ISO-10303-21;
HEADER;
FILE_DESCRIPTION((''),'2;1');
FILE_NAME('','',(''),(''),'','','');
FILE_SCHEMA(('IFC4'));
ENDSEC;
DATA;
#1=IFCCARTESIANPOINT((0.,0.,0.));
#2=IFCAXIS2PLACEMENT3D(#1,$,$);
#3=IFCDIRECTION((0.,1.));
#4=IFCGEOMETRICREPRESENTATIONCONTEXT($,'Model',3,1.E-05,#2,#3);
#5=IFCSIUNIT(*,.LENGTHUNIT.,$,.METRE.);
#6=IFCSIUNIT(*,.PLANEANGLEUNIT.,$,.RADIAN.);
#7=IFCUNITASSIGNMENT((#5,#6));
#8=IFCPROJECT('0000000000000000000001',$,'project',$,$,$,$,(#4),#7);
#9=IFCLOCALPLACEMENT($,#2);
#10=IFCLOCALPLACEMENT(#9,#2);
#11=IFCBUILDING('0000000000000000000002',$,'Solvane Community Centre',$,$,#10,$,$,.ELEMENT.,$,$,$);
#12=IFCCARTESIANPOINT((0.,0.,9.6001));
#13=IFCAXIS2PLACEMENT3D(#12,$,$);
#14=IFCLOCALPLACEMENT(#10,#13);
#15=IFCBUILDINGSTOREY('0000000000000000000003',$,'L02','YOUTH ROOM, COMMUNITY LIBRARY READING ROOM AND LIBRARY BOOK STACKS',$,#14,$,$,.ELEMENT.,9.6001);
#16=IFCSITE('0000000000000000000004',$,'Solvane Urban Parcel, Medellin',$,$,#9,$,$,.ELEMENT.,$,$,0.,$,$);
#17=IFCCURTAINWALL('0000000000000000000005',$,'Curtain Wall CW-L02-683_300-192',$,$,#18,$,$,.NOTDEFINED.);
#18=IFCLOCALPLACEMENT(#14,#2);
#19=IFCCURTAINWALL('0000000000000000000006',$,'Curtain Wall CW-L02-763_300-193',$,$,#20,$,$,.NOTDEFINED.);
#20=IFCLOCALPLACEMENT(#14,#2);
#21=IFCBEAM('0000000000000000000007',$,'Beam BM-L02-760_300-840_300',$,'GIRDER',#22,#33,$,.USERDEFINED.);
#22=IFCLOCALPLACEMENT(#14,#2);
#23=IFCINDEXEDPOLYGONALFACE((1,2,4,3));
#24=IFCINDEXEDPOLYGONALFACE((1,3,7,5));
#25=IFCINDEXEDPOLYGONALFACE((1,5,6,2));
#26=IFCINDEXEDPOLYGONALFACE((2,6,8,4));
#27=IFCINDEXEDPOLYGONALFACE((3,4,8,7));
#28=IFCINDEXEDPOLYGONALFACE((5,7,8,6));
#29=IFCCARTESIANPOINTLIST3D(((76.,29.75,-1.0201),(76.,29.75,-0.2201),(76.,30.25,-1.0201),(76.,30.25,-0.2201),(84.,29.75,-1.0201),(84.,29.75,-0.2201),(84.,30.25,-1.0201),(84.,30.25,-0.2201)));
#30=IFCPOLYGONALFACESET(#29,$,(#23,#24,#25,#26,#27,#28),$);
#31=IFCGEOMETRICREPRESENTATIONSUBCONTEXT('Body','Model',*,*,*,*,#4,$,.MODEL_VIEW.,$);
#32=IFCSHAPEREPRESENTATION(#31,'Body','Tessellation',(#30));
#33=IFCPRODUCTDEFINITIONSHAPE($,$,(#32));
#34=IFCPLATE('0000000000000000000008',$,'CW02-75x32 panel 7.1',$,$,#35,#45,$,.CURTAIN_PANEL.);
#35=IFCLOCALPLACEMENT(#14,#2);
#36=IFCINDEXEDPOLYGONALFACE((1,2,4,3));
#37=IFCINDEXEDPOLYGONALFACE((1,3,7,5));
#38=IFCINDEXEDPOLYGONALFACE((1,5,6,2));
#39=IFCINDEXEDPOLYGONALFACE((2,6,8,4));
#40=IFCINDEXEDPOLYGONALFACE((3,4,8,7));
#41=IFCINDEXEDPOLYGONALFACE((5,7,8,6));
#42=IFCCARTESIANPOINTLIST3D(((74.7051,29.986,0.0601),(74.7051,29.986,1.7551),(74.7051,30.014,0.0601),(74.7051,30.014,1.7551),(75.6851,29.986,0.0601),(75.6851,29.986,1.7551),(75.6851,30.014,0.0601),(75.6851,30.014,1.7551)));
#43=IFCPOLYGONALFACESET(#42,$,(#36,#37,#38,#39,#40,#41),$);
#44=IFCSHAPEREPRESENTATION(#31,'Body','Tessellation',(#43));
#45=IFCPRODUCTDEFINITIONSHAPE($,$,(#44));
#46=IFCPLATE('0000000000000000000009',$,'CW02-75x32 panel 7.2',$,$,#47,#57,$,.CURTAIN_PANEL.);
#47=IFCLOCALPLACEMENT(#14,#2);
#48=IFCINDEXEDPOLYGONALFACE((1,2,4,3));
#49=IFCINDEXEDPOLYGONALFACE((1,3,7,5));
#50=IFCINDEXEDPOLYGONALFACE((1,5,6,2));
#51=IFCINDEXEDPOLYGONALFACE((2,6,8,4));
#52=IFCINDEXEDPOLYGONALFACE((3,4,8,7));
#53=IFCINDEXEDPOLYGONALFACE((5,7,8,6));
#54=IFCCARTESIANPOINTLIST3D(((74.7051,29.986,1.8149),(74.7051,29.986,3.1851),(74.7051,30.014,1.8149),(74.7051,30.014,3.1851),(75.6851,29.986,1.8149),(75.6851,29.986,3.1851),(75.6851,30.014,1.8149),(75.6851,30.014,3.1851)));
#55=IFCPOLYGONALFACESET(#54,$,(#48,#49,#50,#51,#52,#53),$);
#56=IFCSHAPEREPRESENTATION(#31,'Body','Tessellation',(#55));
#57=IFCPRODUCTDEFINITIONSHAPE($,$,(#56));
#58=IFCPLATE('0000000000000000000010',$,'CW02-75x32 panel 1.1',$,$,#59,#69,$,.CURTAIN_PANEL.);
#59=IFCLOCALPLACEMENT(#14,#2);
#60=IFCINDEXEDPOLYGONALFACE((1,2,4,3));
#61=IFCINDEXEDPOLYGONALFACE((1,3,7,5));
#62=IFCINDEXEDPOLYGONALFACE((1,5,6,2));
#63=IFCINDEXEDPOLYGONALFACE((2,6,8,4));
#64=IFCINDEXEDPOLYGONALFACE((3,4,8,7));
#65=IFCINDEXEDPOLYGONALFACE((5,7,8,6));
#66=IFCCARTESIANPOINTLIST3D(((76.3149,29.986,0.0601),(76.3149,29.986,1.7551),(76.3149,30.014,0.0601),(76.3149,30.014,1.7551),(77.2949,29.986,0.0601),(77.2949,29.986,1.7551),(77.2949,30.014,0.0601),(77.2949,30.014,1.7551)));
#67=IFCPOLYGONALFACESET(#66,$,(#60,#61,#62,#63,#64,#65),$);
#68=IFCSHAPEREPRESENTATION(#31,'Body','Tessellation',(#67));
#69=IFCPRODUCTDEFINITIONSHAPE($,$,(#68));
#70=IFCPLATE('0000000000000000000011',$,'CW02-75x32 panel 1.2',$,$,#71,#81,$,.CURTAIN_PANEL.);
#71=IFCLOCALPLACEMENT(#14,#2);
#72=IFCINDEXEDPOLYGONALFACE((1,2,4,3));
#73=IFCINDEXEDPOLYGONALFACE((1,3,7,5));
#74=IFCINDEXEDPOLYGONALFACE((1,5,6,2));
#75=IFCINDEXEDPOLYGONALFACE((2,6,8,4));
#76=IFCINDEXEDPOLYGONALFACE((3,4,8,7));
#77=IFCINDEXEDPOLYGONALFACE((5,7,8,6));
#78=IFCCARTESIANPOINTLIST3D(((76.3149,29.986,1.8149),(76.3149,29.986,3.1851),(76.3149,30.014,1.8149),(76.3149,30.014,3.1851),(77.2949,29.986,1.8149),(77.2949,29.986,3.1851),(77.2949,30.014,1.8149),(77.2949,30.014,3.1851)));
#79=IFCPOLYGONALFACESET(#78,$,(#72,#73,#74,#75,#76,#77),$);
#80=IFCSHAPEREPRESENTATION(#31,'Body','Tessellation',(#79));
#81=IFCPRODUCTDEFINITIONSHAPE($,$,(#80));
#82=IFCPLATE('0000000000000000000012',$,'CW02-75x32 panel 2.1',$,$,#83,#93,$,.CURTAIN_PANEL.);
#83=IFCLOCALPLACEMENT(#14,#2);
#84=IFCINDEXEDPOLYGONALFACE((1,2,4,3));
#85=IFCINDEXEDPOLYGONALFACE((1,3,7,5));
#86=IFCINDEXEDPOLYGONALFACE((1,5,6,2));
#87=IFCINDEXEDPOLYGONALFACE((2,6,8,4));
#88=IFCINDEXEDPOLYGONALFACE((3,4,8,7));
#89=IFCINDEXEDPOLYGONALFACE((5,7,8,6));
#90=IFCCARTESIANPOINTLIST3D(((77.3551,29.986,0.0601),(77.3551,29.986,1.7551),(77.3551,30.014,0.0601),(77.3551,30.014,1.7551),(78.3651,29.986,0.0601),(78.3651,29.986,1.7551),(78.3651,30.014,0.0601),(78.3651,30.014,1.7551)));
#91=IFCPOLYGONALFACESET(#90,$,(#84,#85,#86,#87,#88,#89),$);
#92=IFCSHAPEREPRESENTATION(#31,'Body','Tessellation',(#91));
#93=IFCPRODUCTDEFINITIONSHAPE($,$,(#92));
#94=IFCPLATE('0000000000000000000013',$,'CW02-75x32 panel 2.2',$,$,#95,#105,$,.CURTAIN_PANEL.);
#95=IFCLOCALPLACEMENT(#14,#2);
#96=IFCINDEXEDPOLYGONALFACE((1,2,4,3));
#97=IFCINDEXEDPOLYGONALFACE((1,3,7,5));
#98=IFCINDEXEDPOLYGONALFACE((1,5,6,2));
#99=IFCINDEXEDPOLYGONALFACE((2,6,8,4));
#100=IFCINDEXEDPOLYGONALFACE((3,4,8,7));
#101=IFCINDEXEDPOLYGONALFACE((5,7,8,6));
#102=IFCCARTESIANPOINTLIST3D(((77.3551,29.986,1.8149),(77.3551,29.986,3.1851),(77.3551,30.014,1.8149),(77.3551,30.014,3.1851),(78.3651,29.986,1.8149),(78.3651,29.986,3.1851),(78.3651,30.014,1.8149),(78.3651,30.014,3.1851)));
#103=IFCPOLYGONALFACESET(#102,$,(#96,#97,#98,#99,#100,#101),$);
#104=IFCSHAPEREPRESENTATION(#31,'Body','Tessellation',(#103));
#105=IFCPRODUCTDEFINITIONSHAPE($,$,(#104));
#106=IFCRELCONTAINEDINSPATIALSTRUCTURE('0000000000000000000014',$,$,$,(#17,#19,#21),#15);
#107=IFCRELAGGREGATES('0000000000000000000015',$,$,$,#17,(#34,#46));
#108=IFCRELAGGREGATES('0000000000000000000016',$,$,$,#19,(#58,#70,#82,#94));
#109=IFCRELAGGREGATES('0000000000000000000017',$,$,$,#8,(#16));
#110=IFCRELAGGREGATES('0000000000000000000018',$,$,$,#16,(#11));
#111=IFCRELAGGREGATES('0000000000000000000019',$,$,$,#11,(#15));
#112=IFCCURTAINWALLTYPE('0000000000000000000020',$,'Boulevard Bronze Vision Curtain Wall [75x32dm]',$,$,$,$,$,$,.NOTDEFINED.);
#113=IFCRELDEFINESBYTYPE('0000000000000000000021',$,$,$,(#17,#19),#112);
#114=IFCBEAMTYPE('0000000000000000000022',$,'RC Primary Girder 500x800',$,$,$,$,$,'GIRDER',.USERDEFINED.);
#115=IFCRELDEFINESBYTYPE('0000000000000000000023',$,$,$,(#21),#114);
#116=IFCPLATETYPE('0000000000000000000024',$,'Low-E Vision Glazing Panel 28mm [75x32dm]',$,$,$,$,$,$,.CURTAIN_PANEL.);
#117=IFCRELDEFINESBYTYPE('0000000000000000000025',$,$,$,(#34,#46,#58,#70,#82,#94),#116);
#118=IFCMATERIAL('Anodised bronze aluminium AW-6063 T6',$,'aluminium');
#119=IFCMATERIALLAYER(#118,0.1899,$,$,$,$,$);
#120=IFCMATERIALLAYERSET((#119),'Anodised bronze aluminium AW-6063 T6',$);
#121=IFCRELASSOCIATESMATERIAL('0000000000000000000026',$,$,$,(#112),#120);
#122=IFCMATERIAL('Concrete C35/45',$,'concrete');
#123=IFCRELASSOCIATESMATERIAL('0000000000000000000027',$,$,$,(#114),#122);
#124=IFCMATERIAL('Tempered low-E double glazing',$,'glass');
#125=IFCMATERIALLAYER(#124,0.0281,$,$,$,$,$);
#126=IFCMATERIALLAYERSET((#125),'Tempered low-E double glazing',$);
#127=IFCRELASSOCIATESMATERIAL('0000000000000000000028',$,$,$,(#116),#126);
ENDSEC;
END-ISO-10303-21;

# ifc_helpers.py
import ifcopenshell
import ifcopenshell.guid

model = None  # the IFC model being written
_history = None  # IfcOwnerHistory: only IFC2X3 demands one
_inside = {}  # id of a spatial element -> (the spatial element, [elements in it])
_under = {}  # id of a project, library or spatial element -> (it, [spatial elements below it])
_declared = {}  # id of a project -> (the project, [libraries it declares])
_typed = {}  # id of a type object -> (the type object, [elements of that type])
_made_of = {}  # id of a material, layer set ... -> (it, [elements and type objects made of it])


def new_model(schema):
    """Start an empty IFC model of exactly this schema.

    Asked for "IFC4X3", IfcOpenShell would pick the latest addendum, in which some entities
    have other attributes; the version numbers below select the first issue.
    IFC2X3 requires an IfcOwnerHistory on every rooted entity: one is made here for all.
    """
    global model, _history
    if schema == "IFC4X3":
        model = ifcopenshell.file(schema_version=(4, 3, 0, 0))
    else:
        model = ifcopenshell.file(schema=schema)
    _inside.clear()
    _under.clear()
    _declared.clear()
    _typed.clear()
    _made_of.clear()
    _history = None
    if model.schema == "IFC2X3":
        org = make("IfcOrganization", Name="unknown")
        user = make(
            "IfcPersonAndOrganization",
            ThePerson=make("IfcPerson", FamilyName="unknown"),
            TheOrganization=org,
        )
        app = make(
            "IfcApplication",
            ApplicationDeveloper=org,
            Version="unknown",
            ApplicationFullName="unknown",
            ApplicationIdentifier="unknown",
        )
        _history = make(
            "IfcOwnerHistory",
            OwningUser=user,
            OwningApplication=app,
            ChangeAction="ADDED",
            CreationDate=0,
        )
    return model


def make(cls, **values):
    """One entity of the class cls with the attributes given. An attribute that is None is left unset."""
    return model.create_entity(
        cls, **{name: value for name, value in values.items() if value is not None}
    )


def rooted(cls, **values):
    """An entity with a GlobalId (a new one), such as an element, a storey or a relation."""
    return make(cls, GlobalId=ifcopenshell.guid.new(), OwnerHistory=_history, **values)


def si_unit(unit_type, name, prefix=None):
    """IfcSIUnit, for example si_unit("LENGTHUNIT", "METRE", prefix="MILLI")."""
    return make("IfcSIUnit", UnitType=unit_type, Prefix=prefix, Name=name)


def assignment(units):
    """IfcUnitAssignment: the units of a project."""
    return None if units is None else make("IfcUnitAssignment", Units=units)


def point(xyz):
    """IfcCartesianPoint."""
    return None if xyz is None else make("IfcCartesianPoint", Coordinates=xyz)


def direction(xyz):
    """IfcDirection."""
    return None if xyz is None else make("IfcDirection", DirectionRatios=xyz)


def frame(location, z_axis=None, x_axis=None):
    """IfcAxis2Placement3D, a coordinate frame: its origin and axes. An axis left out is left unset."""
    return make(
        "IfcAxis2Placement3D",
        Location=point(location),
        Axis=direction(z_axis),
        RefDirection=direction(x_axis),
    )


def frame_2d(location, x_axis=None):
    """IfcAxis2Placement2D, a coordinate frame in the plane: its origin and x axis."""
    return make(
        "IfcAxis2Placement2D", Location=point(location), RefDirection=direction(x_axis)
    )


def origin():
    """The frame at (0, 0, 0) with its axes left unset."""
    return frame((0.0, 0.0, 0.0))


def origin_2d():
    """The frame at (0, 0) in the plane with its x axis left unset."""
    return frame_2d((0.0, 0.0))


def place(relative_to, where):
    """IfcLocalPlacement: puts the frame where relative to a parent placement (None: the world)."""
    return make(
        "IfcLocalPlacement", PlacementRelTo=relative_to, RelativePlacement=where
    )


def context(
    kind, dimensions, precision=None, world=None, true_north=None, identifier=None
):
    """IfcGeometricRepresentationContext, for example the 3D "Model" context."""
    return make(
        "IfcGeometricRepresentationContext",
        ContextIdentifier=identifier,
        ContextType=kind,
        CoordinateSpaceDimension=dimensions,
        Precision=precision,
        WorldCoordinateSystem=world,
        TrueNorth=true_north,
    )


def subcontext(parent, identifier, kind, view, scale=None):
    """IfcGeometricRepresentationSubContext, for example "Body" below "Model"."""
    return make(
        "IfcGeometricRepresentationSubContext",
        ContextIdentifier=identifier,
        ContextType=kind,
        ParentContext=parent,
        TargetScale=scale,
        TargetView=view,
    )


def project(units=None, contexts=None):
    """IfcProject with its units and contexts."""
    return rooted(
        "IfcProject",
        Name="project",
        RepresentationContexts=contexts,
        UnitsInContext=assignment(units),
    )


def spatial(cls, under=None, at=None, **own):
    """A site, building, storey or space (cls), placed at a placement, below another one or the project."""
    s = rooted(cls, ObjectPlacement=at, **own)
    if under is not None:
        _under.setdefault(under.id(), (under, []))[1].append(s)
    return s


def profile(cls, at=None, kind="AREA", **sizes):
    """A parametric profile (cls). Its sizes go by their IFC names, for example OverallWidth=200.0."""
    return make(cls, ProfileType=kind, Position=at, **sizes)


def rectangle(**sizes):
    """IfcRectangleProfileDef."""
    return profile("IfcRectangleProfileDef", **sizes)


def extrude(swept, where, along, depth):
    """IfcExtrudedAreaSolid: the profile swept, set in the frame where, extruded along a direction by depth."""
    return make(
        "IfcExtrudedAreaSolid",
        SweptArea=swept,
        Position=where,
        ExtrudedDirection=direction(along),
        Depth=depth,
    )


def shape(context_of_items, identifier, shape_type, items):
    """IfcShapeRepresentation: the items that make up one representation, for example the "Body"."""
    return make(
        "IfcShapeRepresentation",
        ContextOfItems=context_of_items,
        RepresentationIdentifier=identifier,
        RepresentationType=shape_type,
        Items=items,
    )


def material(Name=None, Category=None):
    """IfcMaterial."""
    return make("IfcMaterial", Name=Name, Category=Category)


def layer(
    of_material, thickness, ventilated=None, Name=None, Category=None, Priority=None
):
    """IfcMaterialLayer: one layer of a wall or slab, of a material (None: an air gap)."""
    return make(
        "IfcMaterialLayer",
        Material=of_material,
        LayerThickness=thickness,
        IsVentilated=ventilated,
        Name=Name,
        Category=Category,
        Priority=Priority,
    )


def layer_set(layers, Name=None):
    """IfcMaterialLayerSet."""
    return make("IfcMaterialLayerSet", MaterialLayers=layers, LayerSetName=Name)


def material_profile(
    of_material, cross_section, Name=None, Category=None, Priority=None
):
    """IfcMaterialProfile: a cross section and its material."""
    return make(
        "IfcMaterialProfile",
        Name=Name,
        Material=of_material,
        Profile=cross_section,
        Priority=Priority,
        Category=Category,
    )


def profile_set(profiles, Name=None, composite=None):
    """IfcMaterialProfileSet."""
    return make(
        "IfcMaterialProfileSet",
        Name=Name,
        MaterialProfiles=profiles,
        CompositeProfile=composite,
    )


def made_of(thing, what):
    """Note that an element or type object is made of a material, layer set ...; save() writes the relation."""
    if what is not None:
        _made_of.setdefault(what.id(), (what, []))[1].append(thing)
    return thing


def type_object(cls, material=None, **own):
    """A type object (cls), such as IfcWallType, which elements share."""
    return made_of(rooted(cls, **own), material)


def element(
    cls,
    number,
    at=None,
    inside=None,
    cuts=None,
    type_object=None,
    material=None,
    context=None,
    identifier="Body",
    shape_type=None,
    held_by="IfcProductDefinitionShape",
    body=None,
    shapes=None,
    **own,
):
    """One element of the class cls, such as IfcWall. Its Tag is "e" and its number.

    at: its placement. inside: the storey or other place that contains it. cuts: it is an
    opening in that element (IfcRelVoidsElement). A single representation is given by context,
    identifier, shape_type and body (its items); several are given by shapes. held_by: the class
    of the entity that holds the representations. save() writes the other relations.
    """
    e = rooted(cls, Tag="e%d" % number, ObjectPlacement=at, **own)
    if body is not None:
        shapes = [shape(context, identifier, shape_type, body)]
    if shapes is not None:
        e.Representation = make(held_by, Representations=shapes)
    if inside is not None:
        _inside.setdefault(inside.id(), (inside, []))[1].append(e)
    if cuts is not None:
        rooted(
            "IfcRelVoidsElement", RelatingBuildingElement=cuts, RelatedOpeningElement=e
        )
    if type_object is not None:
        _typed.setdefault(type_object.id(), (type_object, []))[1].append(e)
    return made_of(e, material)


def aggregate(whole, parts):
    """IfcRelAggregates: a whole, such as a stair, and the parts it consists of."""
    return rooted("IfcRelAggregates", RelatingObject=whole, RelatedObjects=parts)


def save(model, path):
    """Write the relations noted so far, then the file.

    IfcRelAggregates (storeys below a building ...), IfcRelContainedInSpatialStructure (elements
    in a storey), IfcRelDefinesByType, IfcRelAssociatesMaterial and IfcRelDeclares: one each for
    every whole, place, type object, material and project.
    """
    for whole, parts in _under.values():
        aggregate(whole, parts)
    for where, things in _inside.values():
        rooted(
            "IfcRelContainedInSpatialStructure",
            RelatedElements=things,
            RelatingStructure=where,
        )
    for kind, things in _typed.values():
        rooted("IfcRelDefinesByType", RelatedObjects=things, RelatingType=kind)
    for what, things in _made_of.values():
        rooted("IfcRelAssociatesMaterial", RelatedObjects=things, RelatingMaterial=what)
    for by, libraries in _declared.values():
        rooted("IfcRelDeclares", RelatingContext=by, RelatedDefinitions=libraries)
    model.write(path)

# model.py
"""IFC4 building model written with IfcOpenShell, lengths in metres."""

from ifc_helpers import new_model, si_unit, direction, frame, origin, origin_2d, place, context, subcontext, project, spatial, rectangle, extrude, material, layer, layer_set, material_profile, profile_set, type_object, element, aggregate, save


model = new_model("IFC4")

# Units and contexts
model_context = context("Model", 3, precision=1e-05, world=origin(), true_north=direction((0.0, 1.0)))
body_context = subcontext(model_context, "Body", "Model", "MODEL_VIEW")
ifc_project = project(units=[si_unit("LENGTHUNIT", "METRE"), si_unit("PLANEANGLEUNIT", "RADIAN")], contexts=[model_context])

# Site, building, storey
site_placement = place(None, origin())
site = spatial("IfcSite", under=ifc_project, at=site_placement, Name="Solvane Urban Parcel, Medellin", CompositionType="ELEMENT", RefElevation=0.0)
building_placement = place(site_placement, origin())
building = spatial("IfcBuilding", under=site, at=building_placement, Name="Solvane Community Centre", CompositionType="ELEMENT")
storey_placement = place(building_placement, frame((0.0, 0.0, 9.6001)))
storey = spatial("IfcBuildingStorey", under=building, at=storey_placement, Name="L02", Description="YOUTH ROOM, COMMUNITY LIBRARY READING ROOM AND LIBRARY BOOK STACKS", CompositionType="ELEMENT", Elevation=9.6001)

# Curtain wall
ifc_material_1 = material(Name="Anodised bronze aluminium AW-6063 T6", Category="aluminium")
ifc_layer_1 = layer(ifc_material_1, 0.1899)
ifc_layer_set_1 = layer_set([ifc_layer_1], Name="Anodised bronze aluminium AW-6063 T6")
curtain_wall_type = type_object("IfcCurtainWallType", Name="Boulevard Bronze Vision Curtain Wall [75x32dm]", PredefinedType="NOTDEFINED", material=ifc_layer_set_1)
curtain_wall_1_placement = place(storey_placement, origin())
curtain_wall_1 = element("IfcCurtainWall", 1, at=curtain_wall_1_placement, inside=storey, type_object=curtain_wall_type, Name="Curtain Wall CW-L02-683_300-192", PredefinedType="NOTDEFINED")

# Curtain wall
curtain_wall_2_placement = place(storey_placement, origin())
curtain_wall_2 = element("IfcCurtainWall", 2, at=curtain_wall_2_placement, inside=storey, type_object=curtain_wall_type, Name="Curtain Wall CW-L02-763_300-193", PredefinedType="NOTDEFINED")

# Beam
ifc_material_2 = material(Name="Concrete C35/45", Category="concrete")
ifc_material_profile_1 = material_profile(ifc_material_2, rectangle(XDim=0.5, YDim=0.8, at=origin_2d()), Name="RC 500x800")
ifc_profile_set_1 = profile_set([ifc_material_profile_1], Name="Concrete C35/45")
beam_type = type_object("IfcBeamType", Name="RC Primary Girder 500x800", ElementType="GIRDER", PredefinedType="USERDEFINED", material=ifc_profile_set_1)
beam_placement = place(storey_placement, frame((76.0, 30.0, -0.6201), z_axis=(1.0, 0.0, 0.0), x_axis=(0.0, 1.0, 0.0)))
element("IfcBeam", 3, at=beam_placement, inside=storey, type_object=beam_type, Name="Beam BM-L02-760_300-840_300", ObjectType="GIRDER", PredefinedType="USERDEFINED", context=body_context, shape_type="SweptSolid", body=[
    extrude(rectangle(XDim=0.5, YDim=0.8, at=origin_2d()), origin(), (0.0, 0.0, 1.0), 8.0),
])

# Plates
ifc_material_3 = material(Name="Tempered low-E double glazing", Category="glass")
ifc_layer_2 = layer(ifc_material_3, 0.0281)
ifc_layer_set_2 = layer_set([ifc_layer_2], Name="Tempered low-E double glazing")
plate_type = type_object("IfcPlateType", Name="Low-E Vision Glazing Panel 28mm [75x32dm]", PredefinedType="CURTAIN_PANEL", material=ifc_layer_set_2)
plate_1_placement = place(storey_placement, frame((75.1951, 30.0, 0.0601), z_axis=(0.0, 0.0, 1.0), x_axis=(1.0, 0.0, 0.0)))
plate_1 = element("IfcPlate", 4, at=plate_1_placement, type_object=plate_type, Name="CW02-75x32 panel 7.1", PredefinedType="CURTAIN_PANEL", context=body_context, shape_type="SweptSolid", body=[
    extrude(rectangle(XDim=0.98, YDim=0.0281, at=origin_2d()), origin(), (0.0, 0.0, 1.0), 1.6951),
])
plate_2_placement = place(storey_placement, frame((75.1951, 30.0, 1.8149), z_axis=(0.0, 0.0, 1.0), x_axis=(1.0, 0.0, 0.0)))
plate_2 = element("IfcPlate", 5, at=plate_2_placement, type_object=plate_type, Name="CW02-75x32 panel 7.2", PredefinedType="CURTAIN_PANEL", context=body_context, shape_type="SweptSolid", body=[
    extrude(rectangle(XDim=0.98, YDim=0.0281, at=origin_2d()), origin(), (0.0, 0.0, 1.0), 1.3701),
])
aggregate(curtain_wall_1, [plate_1, plate_2])
plate_3_placement = place(storey_placement, frame((76.8049, 30.0, 0.0601), z_axis=(0.0, 0.0, 1.0), x_axis=(1.0, 0.0, 0.0)))
plate_3 = element("IfcPlate", 6, at=plate_3_placement, type_object=plate_type, Name="CW02-75x32 panel 1.1", PredefinedType="CURTAIN_PANEL", context=body_context, shape_type="SweptSolid", body=[
    extrude(rectangle(XDim=0.98, YDim=0.0281, at=origin_2d()), origin(), (0.0, 0.0, 1.0), 1.6951),
])
plate_4_placement = place(storey_placement, frame((76.8049, 30.0, 1.8149), z_axis=(0.0, 0.0, 1.0), x_axis=(1.0, 0.0, 0.0)))
plate_4 = element("IfcPlate", 7, at=plate_4_placement, type_object=plate_type, Name="CW02-75x32 panel 1.2", PredefinedType="CURTAIN_PANEL", context=body_context, shape_type="SweptSolid", body=[
    extrude(rectangle(XDim=0.98, YDim=0.0281, at=origin_2d()), origin(), (0.0, 0.0, 1.0), 1.3701),
])
plate_5_placement = place(storey_placement, frame((77.8601, 30.0, 0.0601), z_axis=(0.0, 0.0, 1.0), x_axis=(1.0, 0.0, 0.0)))
plate_5 = element("IfcPlate", 8, at=plate_5_placement, type_object=plate_type, Name="CW02-75x32 panel 2.1", PredefinedType="CURTAIN_PANEL", context=body_context, shape_type="SweptSolid", body=[
    extrude(rectangle(XDim=1.01, YDim=0.0281, at=origin_2d()), origin(), (0.0, 0.0, 1.0), 1.6951),
])
plate_6_placement = place(storey_placement, frame((77.8601, 30.0, 1.8149), z_axis=(0.0, 0.0, 1.0), x_axis=(1.0, 0.0, 0.0)))
plate_6 = element("IfcPlate", 9, at=plate_6_placement, type_object=plate_type, Name="CW02-75x32 panel 2.2", PredefinedType="CURTAIN_PANEL", context=body_context, shape_type="SweptSolid", body=[
    extrude(rectangle(XDim=1.01, YDim=0.0281, at=origin_2d()), origin(), (0.0, 0.0, 1.0), 1.3701),
])
aggregate(curtain_wall_2, [plate_3, plate_4, plate_5, plate_6])

save(model, "model.ifc")
